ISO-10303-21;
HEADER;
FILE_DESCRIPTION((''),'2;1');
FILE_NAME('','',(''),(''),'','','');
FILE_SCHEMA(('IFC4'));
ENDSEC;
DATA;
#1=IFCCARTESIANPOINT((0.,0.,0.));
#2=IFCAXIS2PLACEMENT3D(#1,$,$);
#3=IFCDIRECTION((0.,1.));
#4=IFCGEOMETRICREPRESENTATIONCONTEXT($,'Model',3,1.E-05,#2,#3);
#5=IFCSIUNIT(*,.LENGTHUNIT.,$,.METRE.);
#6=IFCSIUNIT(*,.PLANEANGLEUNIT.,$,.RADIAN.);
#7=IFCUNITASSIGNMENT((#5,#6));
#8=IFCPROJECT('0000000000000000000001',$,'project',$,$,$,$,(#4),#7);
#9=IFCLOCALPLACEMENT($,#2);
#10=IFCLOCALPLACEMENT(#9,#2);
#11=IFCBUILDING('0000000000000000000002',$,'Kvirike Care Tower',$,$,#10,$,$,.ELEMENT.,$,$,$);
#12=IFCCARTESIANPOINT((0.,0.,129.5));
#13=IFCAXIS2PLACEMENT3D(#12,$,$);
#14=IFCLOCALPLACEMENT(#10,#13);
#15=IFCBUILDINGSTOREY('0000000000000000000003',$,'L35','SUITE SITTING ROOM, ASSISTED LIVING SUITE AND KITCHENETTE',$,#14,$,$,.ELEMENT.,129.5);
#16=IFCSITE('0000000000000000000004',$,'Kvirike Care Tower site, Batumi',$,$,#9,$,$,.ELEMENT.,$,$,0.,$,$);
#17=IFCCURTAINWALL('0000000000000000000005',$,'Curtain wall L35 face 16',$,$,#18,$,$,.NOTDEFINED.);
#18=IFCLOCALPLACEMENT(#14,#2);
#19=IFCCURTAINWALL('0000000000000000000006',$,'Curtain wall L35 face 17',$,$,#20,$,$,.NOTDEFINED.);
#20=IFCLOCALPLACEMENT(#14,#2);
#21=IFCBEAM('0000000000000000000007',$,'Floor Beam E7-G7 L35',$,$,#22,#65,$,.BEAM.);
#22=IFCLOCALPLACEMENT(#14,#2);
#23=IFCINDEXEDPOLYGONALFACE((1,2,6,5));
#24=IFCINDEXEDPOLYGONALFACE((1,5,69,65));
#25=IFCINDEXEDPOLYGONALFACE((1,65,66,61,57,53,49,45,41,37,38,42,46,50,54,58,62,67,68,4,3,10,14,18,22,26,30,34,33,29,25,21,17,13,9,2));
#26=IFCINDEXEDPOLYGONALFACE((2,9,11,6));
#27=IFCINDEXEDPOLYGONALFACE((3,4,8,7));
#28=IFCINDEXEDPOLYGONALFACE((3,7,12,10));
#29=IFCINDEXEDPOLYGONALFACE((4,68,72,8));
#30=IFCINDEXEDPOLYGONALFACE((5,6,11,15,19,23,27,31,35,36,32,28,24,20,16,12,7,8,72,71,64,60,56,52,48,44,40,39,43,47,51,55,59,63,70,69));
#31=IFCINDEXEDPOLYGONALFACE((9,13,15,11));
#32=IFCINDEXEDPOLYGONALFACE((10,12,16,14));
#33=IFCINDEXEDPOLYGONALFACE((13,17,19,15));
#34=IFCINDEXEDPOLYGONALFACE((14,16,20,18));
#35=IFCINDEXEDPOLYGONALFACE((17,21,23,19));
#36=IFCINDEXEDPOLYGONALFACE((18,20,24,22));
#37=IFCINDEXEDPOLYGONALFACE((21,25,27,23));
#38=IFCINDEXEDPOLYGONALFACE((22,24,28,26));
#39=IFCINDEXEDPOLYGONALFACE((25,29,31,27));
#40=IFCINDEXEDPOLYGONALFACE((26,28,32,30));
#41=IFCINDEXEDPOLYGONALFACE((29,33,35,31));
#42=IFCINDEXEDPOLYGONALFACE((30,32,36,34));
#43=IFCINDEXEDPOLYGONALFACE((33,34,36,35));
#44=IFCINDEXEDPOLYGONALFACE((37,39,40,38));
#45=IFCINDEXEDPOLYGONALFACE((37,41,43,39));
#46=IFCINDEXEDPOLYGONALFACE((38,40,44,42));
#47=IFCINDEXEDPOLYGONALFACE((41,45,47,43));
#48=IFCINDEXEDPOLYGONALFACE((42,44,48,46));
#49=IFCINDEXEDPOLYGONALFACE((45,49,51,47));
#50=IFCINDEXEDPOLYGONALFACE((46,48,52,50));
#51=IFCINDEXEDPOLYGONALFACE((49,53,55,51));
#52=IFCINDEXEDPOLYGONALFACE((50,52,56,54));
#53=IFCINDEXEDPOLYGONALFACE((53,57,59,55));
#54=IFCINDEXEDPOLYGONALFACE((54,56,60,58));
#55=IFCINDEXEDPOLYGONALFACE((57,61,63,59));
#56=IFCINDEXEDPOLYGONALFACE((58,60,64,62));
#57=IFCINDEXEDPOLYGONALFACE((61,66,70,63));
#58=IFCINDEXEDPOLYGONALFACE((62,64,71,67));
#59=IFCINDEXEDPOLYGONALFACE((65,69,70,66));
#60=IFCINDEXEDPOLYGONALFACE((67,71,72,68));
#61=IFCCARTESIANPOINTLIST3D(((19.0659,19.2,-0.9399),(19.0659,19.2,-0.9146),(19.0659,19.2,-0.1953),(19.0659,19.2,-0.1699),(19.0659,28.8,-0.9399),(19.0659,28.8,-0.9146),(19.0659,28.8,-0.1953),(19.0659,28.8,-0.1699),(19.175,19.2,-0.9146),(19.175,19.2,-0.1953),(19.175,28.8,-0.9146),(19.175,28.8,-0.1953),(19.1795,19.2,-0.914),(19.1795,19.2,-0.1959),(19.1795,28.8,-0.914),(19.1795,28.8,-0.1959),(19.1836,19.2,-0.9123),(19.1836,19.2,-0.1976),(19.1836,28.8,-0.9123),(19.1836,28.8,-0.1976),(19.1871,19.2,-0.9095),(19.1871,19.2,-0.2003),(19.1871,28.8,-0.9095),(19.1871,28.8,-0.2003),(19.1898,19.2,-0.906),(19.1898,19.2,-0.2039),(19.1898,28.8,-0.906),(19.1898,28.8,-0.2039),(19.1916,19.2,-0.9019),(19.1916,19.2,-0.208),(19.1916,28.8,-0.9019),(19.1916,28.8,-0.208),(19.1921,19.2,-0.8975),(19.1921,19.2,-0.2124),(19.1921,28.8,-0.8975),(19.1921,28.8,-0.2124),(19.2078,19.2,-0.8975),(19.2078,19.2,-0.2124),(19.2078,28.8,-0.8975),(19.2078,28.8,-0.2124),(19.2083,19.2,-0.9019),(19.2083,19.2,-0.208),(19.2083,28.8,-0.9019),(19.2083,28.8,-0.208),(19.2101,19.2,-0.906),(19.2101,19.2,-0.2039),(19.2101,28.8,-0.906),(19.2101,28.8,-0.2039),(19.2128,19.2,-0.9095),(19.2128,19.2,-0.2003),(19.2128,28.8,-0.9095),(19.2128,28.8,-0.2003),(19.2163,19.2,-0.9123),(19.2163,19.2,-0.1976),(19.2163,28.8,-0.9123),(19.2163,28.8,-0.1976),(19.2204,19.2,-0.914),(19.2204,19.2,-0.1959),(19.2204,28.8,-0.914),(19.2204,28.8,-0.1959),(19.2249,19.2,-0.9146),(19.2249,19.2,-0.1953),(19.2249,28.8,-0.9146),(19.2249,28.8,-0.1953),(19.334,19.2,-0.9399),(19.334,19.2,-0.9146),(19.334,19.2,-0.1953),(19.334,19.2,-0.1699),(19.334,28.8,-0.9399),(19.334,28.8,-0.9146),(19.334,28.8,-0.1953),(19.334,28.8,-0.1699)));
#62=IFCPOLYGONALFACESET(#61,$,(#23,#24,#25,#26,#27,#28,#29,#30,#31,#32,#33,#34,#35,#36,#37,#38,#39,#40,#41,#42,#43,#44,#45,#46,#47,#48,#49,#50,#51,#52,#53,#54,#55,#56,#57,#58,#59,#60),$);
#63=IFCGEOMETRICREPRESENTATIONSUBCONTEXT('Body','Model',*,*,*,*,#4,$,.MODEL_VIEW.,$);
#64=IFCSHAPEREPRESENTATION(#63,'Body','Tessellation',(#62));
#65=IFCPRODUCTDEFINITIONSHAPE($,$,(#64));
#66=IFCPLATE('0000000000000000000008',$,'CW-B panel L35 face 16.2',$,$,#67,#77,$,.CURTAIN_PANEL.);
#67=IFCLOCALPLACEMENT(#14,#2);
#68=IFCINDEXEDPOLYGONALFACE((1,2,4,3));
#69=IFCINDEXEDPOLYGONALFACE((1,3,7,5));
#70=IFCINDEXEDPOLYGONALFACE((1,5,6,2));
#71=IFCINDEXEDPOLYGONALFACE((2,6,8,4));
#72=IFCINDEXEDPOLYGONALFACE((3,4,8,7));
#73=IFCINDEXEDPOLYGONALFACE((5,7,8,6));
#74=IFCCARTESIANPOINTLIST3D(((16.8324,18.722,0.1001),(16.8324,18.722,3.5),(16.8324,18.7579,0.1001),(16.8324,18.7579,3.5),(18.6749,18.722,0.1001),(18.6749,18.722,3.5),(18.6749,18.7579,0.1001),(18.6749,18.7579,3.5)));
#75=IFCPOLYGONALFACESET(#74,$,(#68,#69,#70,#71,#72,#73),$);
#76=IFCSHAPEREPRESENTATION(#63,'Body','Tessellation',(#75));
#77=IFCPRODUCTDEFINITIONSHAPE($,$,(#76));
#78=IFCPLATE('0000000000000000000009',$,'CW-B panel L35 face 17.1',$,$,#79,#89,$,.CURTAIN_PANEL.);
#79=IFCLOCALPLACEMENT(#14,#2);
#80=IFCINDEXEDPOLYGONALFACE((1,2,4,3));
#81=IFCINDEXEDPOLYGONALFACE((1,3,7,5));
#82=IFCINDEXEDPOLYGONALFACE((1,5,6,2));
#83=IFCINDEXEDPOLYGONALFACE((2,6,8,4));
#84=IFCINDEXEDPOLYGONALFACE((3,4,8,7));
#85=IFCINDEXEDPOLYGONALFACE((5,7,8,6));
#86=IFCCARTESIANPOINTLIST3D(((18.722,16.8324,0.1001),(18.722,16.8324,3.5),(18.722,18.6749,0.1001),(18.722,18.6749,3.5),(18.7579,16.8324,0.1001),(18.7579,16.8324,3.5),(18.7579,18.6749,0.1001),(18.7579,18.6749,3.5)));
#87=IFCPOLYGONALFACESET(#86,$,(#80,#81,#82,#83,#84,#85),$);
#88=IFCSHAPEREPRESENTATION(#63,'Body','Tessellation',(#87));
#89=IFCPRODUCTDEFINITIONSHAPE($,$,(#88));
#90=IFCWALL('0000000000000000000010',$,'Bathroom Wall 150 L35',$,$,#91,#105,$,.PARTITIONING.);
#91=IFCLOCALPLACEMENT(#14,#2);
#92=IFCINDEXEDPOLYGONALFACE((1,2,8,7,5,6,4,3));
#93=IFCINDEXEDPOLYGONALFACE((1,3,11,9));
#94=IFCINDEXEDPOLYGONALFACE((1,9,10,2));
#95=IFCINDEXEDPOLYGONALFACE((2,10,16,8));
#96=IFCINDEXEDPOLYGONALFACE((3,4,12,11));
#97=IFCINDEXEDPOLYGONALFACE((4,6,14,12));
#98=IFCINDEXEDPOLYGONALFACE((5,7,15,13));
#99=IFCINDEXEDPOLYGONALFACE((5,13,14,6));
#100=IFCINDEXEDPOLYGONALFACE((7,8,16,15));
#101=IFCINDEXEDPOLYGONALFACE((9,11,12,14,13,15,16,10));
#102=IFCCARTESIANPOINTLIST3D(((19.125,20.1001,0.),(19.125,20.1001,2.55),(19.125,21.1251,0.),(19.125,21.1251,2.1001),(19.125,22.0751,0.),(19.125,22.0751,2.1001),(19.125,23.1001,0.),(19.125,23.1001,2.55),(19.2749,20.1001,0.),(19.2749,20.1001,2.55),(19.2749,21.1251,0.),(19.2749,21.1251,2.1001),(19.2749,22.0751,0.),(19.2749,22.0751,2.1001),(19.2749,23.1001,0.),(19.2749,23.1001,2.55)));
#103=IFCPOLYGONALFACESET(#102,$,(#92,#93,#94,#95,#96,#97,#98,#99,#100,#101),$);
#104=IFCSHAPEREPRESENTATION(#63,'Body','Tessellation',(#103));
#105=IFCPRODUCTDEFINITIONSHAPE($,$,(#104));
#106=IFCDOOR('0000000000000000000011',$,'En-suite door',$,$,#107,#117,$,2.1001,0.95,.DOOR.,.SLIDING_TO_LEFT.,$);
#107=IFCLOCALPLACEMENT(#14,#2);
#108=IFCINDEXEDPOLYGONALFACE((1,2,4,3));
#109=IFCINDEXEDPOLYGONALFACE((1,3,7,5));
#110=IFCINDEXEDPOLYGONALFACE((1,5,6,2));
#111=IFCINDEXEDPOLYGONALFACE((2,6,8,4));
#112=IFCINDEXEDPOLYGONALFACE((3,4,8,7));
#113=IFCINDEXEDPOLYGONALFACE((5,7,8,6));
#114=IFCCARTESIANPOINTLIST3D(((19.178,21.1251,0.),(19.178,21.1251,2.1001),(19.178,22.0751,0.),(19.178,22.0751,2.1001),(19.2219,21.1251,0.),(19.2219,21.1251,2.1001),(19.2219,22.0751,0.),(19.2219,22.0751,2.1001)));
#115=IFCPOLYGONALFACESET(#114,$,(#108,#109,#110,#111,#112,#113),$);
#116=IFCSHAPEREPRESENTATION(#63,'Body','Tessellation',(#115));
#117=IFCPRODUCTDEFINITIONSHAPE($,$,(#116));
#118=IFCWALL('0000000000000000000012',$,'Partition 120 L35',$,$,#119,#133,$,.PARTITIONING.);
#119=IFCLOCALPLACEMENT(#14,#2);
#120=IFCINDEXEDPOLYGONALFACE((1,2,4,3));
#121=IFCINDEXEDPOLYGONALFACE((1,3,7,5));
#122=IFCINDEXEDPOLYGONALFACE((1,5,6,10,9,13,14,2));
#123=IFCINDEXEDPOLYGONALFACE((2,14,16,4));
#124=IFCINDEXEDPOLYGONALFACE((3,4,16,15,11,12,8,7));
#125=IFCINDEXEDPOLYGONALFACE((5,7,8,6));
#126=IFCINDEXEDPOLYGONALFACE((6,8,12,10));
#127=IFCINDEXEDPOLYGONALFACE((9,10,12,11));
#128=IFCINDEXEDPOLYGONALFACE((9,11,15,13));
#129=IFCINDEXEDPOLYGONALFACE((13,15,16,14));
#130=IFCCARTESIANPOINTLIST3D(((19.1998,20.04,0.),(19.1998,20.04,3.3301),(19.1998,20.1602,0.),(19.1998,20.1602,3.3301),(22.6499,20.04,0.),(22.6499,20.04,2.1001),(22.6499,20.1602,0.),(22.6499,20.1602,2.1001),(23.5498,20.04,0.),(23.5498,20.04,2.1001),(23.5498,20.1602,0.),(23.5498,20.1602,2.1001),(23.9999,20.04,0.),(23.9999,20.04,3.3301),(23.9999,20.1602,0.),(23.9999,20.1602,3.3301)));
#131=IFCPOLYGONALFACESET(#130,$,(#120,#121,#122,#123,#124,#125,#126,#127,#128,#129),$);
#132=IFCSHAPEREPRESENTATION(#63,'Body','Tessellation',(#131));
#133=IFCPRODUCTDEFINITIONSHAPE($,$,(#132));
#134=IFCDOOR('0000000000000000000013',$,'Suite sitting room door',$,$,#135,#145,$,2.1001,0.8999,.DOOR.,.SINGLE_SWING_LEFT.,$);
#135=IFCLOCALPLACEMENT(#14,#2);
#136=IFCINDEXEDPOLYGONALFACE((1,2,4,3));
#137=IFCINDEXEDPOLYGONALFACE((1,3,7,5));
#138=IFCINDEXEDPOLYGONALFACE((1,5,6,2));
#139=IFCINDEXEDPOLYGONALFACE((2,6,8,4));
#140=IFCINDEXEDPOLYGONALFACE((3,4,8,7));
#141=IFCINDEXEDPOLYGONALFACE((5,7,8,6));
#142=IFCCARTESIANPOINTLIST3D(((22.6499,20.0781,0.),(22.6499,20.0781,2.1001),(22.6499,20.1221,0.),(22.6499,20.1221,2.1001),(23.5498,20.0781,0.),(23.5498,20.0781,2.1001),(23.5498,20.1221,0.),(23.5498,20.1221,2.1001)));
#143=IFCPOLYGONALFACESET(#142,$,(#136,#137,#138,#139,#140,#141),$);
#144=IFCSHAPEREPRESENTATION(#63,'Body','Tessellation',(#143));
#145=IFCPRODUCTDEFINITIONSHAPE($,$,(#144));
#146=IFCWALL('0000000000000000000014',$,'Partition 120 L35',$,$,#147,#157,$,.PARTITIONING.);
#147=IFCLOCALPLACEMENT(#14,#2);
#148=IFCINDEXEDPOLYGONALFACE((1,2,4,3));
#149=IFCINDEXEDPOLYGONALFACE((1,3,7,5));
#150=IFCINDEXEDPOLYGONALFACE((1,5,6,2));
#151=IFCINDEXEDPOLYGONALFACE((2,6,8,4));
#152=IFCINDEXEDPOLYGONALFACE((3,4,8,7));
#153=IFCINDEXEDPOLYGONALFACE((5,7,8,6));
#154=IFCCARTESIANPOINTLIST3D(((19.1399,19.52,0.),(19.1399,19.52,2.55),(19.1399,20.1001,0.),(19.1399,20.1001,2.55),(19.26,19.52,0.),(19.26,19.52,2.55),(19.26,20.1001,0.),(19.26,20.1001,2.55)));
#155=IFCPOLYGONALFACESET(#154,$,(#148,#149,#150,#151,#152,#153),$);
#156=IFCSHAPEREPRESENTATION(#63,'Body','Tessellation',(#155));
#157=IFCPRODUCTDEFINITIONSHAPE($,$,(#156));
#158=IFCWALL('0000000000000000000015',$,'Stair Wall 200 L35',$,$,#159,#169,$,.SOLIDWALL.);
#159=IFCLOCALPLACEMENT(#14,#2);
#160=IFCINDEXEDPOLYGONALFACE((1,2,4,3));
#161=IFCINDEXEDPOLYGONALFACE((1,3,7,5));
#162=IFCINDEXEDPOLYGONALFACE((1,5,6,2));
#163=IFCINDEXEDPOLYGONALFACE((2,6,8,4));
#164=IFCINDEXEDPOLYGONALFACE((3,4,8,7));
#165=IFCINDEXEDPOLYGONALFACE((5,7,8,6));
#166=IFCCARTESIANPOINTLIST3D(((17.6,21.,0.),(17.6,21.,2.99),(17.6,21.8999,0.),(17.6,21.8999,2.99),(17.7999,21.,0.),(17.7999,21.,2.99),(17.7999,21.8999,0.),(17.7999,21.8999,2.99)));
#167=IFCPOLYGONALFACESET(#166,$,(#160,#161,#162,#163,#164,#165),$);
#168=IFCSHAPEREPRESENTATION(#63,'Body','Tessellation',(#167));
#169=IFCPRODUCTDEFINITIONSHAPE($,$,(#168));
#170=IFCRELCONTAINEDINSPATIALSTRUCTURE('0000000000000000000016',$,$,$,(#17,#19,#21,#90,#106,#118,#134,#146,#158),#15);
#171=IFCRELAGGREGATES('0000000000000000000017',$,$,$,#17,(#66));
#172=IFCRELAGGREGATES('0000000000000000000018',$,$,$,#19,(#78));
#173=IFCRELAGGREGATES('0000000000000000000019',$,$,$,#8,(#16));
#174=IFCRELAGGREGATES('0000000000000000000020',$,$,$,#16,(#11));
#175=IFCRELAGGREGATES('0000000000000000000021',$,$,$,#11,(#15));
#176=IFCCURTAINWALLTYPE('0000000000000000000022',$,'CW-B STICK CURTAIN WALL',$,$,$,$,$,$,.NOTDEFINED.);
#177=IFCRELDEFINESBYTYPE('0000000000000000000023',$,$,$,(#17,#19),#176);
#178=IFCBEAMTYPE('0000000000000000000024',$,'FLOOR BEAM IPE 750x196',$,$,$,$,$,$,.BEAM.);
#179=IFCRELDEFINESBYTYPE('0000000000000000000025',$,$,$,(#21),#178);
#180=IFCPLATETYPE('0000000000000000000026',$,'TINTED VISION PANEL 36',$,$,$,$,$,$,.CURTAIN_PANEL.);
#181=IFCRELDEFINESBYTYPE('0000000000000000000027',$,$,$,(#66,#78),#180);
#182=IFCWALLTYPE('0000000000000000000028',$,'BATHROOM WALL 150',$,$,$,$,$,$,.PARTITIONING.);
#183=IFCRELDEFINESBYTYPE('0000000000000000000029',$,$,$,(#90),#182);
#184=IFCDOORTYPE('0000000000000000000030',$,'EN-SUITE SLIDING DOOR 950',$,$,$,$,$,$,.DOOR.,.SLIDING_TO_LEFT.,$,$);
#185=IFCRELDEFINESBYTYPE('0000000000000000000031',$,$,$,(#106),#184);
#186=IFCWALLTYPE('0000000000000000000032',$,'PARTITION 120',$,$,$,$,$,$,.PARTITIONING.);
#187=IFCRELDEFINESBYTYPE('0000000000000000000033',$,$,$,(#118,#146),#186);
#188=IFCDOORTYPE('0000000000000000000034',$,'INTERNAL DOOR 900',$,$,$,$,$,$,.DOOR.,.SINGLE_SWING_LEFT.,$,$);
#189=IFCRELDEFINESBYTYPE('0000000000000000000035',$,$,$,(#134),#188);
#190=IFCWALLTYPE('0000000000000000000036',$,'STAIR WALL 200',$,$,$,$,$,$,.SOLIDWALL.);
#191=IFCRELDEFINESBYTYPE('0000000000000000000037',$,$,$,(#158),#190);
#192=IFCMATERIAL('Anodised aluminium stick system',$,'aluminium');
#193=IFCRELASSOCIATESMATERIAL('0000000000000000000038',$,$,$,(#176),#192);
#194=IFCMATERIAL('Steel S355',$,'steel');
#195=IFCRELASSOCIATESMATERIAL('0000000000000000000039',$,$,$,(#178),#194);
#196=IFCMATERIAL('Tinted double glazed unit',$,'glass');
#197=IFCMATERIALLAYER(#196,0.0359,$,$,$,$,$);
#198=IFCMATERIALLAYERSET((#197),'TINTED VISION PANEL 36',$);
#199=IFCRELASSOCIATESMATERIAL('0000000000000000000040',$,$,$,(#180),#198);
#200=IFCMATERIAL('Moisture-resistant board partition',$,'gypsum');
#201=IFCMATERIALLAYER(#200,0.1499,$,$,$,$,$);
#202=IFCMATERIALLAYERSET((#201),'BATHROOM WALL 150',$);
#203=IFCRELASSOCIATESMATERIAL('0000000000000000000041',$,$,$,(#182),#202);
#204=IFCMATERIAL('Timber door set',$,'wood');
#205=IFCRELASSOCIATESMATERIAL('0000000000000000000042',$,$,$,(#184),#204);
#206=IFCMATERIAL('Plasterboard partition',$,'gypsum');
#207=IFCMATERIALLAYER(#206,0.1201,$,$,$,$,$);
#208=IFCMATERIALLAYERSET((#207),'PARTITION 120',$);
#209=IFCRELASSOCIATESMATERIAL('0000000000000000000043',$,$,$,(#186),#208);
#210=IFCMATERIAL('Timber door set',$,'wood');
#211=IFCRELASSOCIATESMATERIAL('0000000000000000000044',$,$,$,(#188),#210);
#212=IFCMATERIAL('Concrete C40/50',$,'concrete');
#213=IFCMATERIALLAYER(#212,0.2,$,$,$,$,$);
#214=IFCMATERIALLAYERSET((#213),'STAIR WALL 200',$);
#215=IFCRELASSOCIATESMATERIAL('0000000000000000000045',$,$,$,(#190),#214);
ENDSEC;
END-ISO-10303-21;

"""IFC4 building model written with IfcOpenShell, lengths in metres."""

from ifc_helpers import new_model, si_unit, direction, frame, frame_2d, origin, origin_2d, place, context, subcontext, project, spatial, rectangle, i_section, extrude, material, layer, layer_set, material_profile, profile_set, type_object, element, fill, aggregate, save


model = new_model("IFC4")

# Units and contexts
model_context = context("Model", 3, precision=1e-05, world=origin(), true_north=direction((0.0, 1.0)))
body_context = subcontext(model_context, "Body", "Model", "MODEL_VIEW")
ifc_project = project(units=[si_unit("LENGTHUNIT", "METRE"), si_unit("PLANEANGLEUNIT", "RADIAN")], contexts=[model_context])

# Site, building, storey
site_placement = place(None, origin())
site = spatial("IfcSite", under=ifc_project, at=site_placement, Name="Kvirike Care Tower site, Batumi", CompositionType="ELEMENT", RefElevation=0.0)
building_placement = place(site_placement, origin())
building = spatial("IfcBuilding", under=site, at=building_placement, Name="Kvirike Care Tower", CompositionType="ELEMENT")
storey_placement = place(building_placement, frame((0.0, 0.0, 129.5)))
storey = spatial("IfcBuildingStorey", under=building, at=storey_placement, Name="L35", Description="SUITE SITTING ROOM, ASSISTED LIVING SUITE AND KITCHENETTE", CompositionType="ELEMENT", Elevation=129.5)

# Curtain wall
ifc_material_1 = material(Name="Anodised aluminium stick system", Category="aluminium")
curtain_wall_type = type_object("IfcCurtainWallType", Name="CW-B STICK CURTAIN WALL", PredefinedType="NOTDEFINED", material=ifc_material_1)
curtain_wall_1_placement = place(storey_placement, origin())
curtain_wall_1 = element("IfcCurtainWall", 1, at=curtain_wall_1_placement, inside=storey, type_object=curtain_wall_type, Name="Curtain wall L35 face 16", PredefinedType="NOTDEFINED")

# Curtain wall
curtain_wall_2_placement = place(storey_placement, origin())
curtain_wall_2 = element("IfcCurtainWall", 2, at=curtain_wall_2_placement, inside=storey, type_object=curtain_wall_type, Name="Curtain wall L35 face 17", PredefinedType="NOTDEFINED")

# Beam
ifc_material_2 = material(Name="Steel S355", Category="steel")
ifc_material_profile_1 = material_profile(ifc_material_2, i_section(OverallWidth=0.2681, OverallDepth=0.77, WebThickness=0.0156, FlangeThickness=0.0254, FilletRadius=0.0171, at=origin_2d()), Name="IPE 750x196")
ifc_profile_set_1 = profile_set([ifc_material_profile_1], Name="Steel S355")
beam_type = type_object("IfcBeamType", Name="FLOOR BEAM IPE 750x196", PredefinedType="BEAM", material=ifc_profile_set_1)
for number, where, z_axis, x_axis, name in (
    (3, (19.2, 19.2, -0.5549), (0.0, 1.0, 0.0), (-1.0, 0.0, 0.0), "Floor Beam E7-G7 L35"),
):
    element("IfcBeam", number, at=place(storey_placement, frame(where, z_axis=z_axis, x_axis=x_axis)), inside=storey, type_object=beam_type, Name=name, PredefinedType="BEAM", context=body_context, shape_type="SweptSolid", body=[
        extrude(i_section(OverallWidth=0.2681, OverallDepth=0.77, WebThickness=0.0156, FlangeThickness=0.0254, FilletRadius=0.0171, at=origin_2d()), origin(), (0.0, 0.0, 1.0), 9.6001),
    ])

# Plates
ifc_material_3 = material(Name="Tinted double glazed unit", Category="glass")
ifc_layer_1 = layer(ifc_material_3, 0.0359)
ifc_layer_set_1 = layer_set([ifc_layer_1], Name="TINTED VISION PANEL 36")
plate_type = type_object("IfcPlateType", Name="TINTED VISION PANEL 36", PredefinedType="CURTAIN_PANEL", material=ifc_layer_set_1)
plate_1_placement = place(storey_placement, frame((17.7537, 18.74, 0.1001), z_axis=(0.0, 0.0, 1.0), x_axis=(1.0, 0.0, 0.0)))
plate_1 = element("IfcPlate", 4, at=plate_1_placement, type_object=plate_type, Name="CW-B panel L35 face 16.2", PredefinedType="CURTAIN_PANEL", context=body_context, shape_type="SweptSolid", body=[
    extrude(rectangle(XDim=1.8425, YDim=0.0359, at=origin_2d()), origin(), (0.0, 0.0, 1.0), 3.3999),
])
aggregate(curtain_wall_1, [plate_1])
plate_2_placement = place(storey_placement, frame((18.74, 17.7537, 0.1001), z_axis=(0.0, 0.0, 1.0), x_axis=(0.0, -1.0, 0.0)))
plate_2 = element("IfcPlate", 5, at=plate_2_placement, type_object=plate_type, Name="CW-B panel L35 face 17.1", PredefinedType="CURTAIN_PANEL", context=body_context, shape_type="SweptSolid", body=[
    extrude(rectangle(XDim=1.8425, YDim=0.0359, at=origin_2d()), origin(), (0.0, 0.0, 1.0), 3.3999),
])
aggregate(curtain_wall_2, [plate_2])

# Walls, openings, doors
ifc_material_4 = material(Name="Moisture-resistant board partition", Category="gypsum")
ifc_layer_2 = layer(ifc_material_4, 0.1499)
ifc_layer_set_2 = layer_set([ifc_layer_2], Name="BATHROOM WALL 150")
wall_type_1 = type_object("IfcWallType", Name="BATHROOM WALL 150", PredefinedType="PARTITIONING", material=ifc_layer_set_2)
wall_1_placement = place(storey_placement, frame((19.2, 20.1001, 0.0), z_axis=(0.0, 0.0, 1.0), x_axis=(0.0, 1.0, 0.0)))
wall_1 = element("IfcWall", 6, at=wall_1_placement, inside=storey, type_object=wall_type_1, Name="Bathroom Wall 150 L35", PredefinedType="PARTITIONING", context=body_context, shape_type="SweptSolid", body=[
    extrude(rectangle(XDim=3.0, YDim=0.1499, at=frame_2d((1.5, 0.0))), origin(), (0.0, 0.0, 1.0), 2.55),
])
opening_1_placement = place(wall_1_placement, frame((1.0249, 0.0, 0.0)))
opening_1 = element("IfcOpeningElement", 7, at=opening_1_placement, cuts=wall_1, PredefinedType="OPENING", context=body_context, shape_type="SweptSolid", body=[
    extrude(rectangle(XDim=0.95, YDim=2.1001, at=frame_2d((0.4751, 1.05))), frame((0.0, 0.0854, 0.0), z_axis=(0.0, -1.0, 0.0), x_axis=(1.0, 0.0, 0.0)), (0.0, 0.0, 1.0), 0.1709),
])
ifc_material_5 = material(Name="Timber door set", Category="wood")
door_type_1 = type_object("IfcDoorType", Name="EN-SUITE SLIDING DOOR 950", OperationType="SLIDING_TO_LEFT", PredefinedType="DOOR", material=ifc_material_5)
door_1_placement = place(opening_1_placement, origin())
door_1 = element("IfcDoor", 8, at=door_1_placement, inside=storey, type_object=door_type_1, Name="En-suite door", OperationType="SLIDING_TO_LEFT", OverallHeight=2.1001, OverallWidth=0.95, PredefinedType="DOOR", context=body_context, shape_type="SweptSolid", body=[
    extrude(rectangle(XDim=0.95, YDim=2.1001, at=frame_2d((0.4751, 1.05))), frame((0.0, 0.022, 0.0), z_axis=(0.0, -1.0, 0.0), x_axis=(1.0, 0.0, 0.0)), (0.0, 0.0, 1.0), 0.0439),
])
fill(opening_1, door_1)
ifc_material_6 = material(Name="Plasterboard partition", Category="gypsum")
ifc_layer_3 = layer(ifc_material_6, 0.1201)
ifc_layer_set_3 = layer_set([ifc_layer_3], Name="PARTITION 120")
wall_type_2 = type_object("IfcWallType", Name="PARTITION 120", PredefinedType="PARTITIONING", material=ifc_layer_set_3)
wall_2_placement = place(storey_placement, frame((19.2, 20.1001, 0.0), z_axis=(0.0, 0.0, 1.0), x_axis=(1.0, 0.0, 0.0)))
wall_2 = element("IfcWall", 9, at=wall_2_placement, inside=storey, type_object=wall_type_2, Name="Partition 120 L35", PredefinedType="PARTITIONING", context=body_context, shape_type="SweptSolid", body=[
    extrude(rectangle(XDim=4.8, YDim=0.1201, at=frame_2d((2.3999, 0.0))), origin(), (0.0, 0.0, 1.0), 3.3301),
])
opening_2_placement = place(wall_2_placement, frame((3.45, 0.0, 0.0)))
opening_2 = element("IfcOpeningElement", 10, at=opening_2_placement, cuts=wall_2, PredefinedType="OPENING", context=body_context, shape_type="SweptSolid", body=[
    extrude(rectangle(XDim=0.8999, YDim=2.1001, at=frame_2d((0.45, 1.05))), frame((0.0, 0.0706, 0.0), z_axis=(0.0, -1.0, 0.0), x_axis=(1.0, 0.0, 0.0)), (0.0, 0.0, 1.0), 0.1411),
])
ifc_material_7 = material(Name="Timber door set", Category="wood")
door_type_2 = type_object("IfcDoorType", Name="INTERNAL DOOR 900", OperationType="SINGLE_SWING_LEFT", PredefinedType="DOOR", material=ifc_material_7)
door_2_placement = place(opening_2_placement, origin())
door_2 = element("IfcDoor", 11, at=door_2_placement, inside=storey, type_object=door_type_2, Name="Suite sitting room door", OperationType="SINGLE_SWING_LEFT", OverallHeight=2.1001, OverallWidth=0.8999, PredefinedType="DOOR", context=body_context, shape_type="SweptSolid", body=[
    extrude(rectangle(XDim=0.8999, YDim=2.1001, at=frame_2d((0.45, 1.05))), frame((0.0, 0.022, 0.0), z_axis=(0.0, -1.0, 0.0), x_axis=(1.0, 0.0, 0.0)), (0.0, 0.0, 1.0), 0.0439),
])
fill(opening_2, door_2)

# Walls
wall_3_placement = place(storey_placement, frame((19.2, 19.52, 0.0), z_axis=(0.0, 0.0, 1.0), x_axis=(0.0, 1.0, 0.0)))
element("IfcWall", 12, at=wall_3_placement, inside=storey, type_object=wall_type_2, Name="Partition 120 L35", PredefinedType="PARTITIONING", context=body_context, shape_type="SweptSolid", body=[
    extrude(rectangle(XDim=0.5801, YDim=0.1201, at=frame_2d((0.29, 0.0))), origin(), (0.0, 0.0, 1.0), 2.55),
])
ifc_material_8 = material(Name="Concrete C40/50", Category="concrete")
ifc_layer_4 = layer(ifc_material_8, 0.2)
ifc_layer_set_4 = layer_set([ifc_layer_4], Name="STAIR WALL 200")
wall_type_3 = type_object("IfcWallType", Name="STAIR WALL 200", PredefinedType="SOLIDWALL", material=ifc_layer_set_4)
wall_4_placement = place(storey_placement, frame((17.7, 21.0, 0.0), z_axis=(0.0, 0.0, 1.0), x_axis=(0.0, 1.0, 0.0)))
element("IfcWall", 13, at=wall_4_placement, inside=storey, type_object=wall_type_3, Name="Stair Wall 200 L35", PredefinedType="SOLIDWALL", context=body_context, shape_type="SweptSolid", body=[
    extrude(rectangle(XDim=0.8999, YDim=0.2, at=frame_2d((0.45, 0.0))), origin(), (0.0, 0.0, 1.0), 2.99),
])

save(model, "model.ifc")
